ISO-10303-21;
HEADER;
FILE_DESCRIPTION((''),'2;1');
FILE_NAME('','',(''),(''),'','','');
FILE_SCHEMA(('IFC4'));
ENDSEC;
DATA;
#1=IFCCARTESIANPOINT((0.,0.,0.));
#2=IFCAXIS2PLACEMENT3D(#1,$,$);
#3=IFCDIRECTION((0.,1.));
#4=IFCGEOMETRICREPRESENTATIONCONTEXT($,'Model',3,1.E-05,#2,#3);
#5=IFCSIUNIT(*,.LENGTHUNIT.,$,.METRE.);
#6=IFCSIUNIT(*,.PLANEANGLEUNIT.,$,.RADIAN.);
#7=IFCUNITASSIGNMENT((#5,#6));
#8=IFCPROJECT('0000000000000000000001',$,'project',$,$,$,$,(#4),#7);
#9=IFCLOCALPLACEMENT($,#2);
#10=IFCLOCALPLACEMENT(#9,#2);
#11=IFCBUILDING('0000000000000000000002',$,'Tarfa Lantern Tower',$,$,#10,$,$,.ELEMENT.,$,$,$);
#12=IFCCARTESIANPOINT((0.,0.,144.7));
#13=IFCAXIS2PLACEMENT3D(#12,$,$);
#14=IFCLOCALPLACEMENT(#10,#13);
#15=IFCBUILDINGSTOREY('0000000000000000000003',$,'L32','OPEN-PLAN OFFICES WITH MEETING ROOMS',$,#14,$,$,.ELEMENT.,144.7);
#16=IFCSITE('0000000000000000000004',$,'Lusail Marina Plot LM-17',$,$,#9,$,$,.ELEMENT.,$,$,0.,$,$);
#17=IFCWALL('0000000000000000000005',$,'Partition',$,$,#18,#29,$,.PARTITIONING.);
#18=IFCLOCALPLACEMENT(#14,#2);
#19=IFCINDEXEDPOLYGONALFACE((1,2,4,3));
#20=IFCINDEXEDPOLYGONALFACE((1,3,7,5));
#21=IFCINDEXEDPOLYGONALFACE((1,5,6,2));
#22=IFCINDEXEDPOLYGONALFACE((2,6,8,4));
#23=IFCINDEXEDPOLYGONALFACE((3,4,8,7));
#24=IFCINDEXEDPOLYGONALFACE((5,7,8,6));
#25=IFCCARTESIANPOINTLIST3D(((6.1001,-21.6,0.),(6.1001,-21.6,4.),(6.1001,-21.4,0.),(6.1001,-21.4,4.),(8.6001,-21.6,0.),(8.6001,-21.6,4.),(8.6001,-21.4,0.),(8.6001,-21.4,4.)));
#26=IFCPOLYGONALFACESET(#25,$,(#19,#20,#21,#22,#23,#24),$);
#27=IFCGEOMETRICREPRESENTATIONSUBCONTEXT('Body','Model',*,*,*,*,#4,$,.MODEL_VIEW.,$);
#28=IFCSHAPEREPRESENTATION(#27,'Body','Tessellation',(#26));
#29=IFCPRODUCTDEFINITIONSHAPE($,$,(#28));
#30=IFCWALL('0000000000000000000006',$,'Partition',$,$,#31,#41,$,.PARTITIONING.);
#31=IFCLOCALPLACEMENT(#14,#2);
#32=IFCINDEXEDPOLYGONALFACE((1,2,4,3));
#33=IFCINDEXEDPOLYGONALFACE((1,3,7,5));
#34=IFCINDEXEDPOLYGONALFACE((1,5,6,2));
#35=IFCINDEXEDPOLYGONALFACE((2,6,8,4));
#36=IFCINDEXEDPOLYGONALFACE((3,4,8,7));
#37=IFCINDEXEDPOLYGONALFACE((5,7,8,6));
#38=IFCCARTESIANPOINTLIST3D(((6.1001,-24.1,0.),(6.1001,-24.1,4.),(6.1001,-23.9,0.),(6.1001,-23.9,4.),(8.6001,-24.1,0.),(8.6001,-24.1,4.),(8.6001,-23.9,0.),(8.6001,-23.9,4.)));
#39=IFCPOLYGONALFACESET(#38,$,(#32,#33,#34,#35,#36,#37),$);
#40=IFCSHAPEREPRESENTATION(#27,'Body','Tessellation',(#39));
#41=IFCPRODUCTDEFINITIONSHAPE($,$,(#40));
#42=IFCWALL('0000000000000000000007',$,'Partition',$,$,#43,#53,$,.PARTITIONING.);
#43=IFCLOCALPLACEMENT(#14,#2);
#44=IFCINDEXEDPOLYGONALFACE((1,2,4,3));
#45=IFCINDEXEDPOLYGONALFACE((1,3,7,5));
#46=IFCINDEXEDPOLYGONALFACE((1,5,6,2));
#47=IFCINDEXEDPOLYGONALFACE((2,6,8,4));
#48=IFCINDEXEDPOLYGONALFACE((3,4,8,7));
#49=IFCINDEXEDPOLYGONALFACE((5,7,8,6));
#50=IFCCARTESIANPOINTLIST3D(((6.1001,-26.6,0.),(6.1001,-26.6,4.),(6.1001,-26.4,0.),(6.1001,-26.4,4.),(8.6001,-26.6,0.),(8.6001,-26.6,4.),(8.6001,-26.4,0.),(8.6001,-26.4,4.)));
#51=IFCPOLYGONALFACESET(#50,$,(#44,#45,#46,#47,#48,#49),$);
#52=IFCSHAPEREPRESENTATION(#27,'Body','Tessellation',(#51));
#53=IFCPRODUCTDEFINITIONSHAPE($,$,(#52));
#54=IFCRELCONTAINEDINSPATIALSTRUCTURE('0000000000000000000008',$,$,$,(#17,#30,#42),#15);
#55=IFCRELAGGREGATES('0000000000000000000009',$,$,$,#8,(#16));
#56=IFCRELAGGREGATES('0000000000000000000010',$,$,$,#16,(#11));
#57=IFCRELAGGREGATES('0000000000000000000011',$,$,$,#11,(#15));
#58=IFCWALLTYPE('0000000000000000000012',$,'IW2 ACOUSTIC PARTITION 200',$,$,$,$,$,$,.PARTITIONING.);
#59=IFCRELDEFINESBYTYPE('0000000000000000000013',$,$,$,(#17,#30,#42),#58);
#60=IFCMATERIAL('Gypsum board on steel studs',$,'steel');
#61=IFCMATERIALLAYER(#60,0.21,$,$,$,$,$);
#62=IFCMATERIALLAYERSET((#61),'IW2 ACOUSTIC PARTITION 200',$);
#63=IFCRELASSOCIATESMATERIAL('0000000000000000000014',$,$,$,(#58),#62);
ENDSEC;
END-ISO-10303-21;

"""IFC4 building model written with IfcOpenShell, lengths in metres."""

from ifc_helpers import new_model, si_unit, direction, frame, frame_2d, origin, place, context, subcontext, project, spatial, rectangle, extrude, material, layer, layer_set, type_object, element, save


model = new_model("IFC4")

# Units and contexts
model_context = context("Model", 3, precision=1e-05, world=origin(), true_north=direction((0.0, 1.0)))
body_context = subcontext(model_context, "Body", "Model", "MODEL_VIEW")
ifc_project = project(units=[si_unit("LENGTHUNIT", "METRE"), si_unit("PLANEANGLEUNIT", "RADIAN")], contexts=[model_context])

# Site, building, storey
site_placement = place(None, origin())
site = spatial("IfcSite", under=ifc_project, at=site_placement, Name="Lusail Marina Plot LM-17", CompositionType="ELEMENT", RefElevation=0.0)
building_placement = place(site_placement, origin())
building = spatial("IfcBuilding", under=site, at=building_placement, Name="Tarfa Lantern Tower", CompositionType="ELEMENT")
storey_placement = place(building_placement, frame((0.0, 0.0, 144.7)))
storey = spatial("IfcBuildingStorey", under=building, at=storey_placement, Name="L32", Description="OPEN-PLAN OFFICES WITH MEETING ROOMS", CompositionType="ELEMENT", Elevation=144.7)

# Walls
ifc_material_1 = material(Name="Gypsum board on steel studs", Category="steel")
ifc_layer_1 = layer(ifc_material_1, 0.21)
ifc_layer_set_1 = layer_set([ifc_layer_1], Name="IW2 ACOUSTIC PARTITION 200")
wall_type_1 = type_object("IfcWallType", Name="IW2 ACOUSTIC PARTITION 200", PredefinedType="PARTITIONING", material=ifc_layer_set_1)
for number, where, z_axis, x_axis, name in (
    (1, (8.6001, -21.5, 0.0), (0.0, 0.0, 1.0), (-1.0, 0.0, 0.0), "Partition"),
    (2, (8.6001, -24.0, 0.0), (0.0, 0.0, 1.0), (-1.0, 0.0, 0.0), "Partition"),
    (3, (8.6001, -26.5, 0.0), (0.0, 0.0, 1.0), (-1.0, 0.0, 0.0), "Partition"),
):
    element("IfcWall", number, at=place(storey_placement, frame(where, z_axis=z_axis, x_axis=x_axis)), inside=storey, type_object=wall_type_1, Name=name, PredefinedType="PARTITIONING", context=body_context, shape_type="SweptSolid", body=[
        extrude(rectangle(XDim=2.5, YDim=0.2, at=frame_2d((1.25, 0.0))), origin(), (0.0, 0.0, 1.0), 4.0),
    ])

save(model, "model.ifc")
